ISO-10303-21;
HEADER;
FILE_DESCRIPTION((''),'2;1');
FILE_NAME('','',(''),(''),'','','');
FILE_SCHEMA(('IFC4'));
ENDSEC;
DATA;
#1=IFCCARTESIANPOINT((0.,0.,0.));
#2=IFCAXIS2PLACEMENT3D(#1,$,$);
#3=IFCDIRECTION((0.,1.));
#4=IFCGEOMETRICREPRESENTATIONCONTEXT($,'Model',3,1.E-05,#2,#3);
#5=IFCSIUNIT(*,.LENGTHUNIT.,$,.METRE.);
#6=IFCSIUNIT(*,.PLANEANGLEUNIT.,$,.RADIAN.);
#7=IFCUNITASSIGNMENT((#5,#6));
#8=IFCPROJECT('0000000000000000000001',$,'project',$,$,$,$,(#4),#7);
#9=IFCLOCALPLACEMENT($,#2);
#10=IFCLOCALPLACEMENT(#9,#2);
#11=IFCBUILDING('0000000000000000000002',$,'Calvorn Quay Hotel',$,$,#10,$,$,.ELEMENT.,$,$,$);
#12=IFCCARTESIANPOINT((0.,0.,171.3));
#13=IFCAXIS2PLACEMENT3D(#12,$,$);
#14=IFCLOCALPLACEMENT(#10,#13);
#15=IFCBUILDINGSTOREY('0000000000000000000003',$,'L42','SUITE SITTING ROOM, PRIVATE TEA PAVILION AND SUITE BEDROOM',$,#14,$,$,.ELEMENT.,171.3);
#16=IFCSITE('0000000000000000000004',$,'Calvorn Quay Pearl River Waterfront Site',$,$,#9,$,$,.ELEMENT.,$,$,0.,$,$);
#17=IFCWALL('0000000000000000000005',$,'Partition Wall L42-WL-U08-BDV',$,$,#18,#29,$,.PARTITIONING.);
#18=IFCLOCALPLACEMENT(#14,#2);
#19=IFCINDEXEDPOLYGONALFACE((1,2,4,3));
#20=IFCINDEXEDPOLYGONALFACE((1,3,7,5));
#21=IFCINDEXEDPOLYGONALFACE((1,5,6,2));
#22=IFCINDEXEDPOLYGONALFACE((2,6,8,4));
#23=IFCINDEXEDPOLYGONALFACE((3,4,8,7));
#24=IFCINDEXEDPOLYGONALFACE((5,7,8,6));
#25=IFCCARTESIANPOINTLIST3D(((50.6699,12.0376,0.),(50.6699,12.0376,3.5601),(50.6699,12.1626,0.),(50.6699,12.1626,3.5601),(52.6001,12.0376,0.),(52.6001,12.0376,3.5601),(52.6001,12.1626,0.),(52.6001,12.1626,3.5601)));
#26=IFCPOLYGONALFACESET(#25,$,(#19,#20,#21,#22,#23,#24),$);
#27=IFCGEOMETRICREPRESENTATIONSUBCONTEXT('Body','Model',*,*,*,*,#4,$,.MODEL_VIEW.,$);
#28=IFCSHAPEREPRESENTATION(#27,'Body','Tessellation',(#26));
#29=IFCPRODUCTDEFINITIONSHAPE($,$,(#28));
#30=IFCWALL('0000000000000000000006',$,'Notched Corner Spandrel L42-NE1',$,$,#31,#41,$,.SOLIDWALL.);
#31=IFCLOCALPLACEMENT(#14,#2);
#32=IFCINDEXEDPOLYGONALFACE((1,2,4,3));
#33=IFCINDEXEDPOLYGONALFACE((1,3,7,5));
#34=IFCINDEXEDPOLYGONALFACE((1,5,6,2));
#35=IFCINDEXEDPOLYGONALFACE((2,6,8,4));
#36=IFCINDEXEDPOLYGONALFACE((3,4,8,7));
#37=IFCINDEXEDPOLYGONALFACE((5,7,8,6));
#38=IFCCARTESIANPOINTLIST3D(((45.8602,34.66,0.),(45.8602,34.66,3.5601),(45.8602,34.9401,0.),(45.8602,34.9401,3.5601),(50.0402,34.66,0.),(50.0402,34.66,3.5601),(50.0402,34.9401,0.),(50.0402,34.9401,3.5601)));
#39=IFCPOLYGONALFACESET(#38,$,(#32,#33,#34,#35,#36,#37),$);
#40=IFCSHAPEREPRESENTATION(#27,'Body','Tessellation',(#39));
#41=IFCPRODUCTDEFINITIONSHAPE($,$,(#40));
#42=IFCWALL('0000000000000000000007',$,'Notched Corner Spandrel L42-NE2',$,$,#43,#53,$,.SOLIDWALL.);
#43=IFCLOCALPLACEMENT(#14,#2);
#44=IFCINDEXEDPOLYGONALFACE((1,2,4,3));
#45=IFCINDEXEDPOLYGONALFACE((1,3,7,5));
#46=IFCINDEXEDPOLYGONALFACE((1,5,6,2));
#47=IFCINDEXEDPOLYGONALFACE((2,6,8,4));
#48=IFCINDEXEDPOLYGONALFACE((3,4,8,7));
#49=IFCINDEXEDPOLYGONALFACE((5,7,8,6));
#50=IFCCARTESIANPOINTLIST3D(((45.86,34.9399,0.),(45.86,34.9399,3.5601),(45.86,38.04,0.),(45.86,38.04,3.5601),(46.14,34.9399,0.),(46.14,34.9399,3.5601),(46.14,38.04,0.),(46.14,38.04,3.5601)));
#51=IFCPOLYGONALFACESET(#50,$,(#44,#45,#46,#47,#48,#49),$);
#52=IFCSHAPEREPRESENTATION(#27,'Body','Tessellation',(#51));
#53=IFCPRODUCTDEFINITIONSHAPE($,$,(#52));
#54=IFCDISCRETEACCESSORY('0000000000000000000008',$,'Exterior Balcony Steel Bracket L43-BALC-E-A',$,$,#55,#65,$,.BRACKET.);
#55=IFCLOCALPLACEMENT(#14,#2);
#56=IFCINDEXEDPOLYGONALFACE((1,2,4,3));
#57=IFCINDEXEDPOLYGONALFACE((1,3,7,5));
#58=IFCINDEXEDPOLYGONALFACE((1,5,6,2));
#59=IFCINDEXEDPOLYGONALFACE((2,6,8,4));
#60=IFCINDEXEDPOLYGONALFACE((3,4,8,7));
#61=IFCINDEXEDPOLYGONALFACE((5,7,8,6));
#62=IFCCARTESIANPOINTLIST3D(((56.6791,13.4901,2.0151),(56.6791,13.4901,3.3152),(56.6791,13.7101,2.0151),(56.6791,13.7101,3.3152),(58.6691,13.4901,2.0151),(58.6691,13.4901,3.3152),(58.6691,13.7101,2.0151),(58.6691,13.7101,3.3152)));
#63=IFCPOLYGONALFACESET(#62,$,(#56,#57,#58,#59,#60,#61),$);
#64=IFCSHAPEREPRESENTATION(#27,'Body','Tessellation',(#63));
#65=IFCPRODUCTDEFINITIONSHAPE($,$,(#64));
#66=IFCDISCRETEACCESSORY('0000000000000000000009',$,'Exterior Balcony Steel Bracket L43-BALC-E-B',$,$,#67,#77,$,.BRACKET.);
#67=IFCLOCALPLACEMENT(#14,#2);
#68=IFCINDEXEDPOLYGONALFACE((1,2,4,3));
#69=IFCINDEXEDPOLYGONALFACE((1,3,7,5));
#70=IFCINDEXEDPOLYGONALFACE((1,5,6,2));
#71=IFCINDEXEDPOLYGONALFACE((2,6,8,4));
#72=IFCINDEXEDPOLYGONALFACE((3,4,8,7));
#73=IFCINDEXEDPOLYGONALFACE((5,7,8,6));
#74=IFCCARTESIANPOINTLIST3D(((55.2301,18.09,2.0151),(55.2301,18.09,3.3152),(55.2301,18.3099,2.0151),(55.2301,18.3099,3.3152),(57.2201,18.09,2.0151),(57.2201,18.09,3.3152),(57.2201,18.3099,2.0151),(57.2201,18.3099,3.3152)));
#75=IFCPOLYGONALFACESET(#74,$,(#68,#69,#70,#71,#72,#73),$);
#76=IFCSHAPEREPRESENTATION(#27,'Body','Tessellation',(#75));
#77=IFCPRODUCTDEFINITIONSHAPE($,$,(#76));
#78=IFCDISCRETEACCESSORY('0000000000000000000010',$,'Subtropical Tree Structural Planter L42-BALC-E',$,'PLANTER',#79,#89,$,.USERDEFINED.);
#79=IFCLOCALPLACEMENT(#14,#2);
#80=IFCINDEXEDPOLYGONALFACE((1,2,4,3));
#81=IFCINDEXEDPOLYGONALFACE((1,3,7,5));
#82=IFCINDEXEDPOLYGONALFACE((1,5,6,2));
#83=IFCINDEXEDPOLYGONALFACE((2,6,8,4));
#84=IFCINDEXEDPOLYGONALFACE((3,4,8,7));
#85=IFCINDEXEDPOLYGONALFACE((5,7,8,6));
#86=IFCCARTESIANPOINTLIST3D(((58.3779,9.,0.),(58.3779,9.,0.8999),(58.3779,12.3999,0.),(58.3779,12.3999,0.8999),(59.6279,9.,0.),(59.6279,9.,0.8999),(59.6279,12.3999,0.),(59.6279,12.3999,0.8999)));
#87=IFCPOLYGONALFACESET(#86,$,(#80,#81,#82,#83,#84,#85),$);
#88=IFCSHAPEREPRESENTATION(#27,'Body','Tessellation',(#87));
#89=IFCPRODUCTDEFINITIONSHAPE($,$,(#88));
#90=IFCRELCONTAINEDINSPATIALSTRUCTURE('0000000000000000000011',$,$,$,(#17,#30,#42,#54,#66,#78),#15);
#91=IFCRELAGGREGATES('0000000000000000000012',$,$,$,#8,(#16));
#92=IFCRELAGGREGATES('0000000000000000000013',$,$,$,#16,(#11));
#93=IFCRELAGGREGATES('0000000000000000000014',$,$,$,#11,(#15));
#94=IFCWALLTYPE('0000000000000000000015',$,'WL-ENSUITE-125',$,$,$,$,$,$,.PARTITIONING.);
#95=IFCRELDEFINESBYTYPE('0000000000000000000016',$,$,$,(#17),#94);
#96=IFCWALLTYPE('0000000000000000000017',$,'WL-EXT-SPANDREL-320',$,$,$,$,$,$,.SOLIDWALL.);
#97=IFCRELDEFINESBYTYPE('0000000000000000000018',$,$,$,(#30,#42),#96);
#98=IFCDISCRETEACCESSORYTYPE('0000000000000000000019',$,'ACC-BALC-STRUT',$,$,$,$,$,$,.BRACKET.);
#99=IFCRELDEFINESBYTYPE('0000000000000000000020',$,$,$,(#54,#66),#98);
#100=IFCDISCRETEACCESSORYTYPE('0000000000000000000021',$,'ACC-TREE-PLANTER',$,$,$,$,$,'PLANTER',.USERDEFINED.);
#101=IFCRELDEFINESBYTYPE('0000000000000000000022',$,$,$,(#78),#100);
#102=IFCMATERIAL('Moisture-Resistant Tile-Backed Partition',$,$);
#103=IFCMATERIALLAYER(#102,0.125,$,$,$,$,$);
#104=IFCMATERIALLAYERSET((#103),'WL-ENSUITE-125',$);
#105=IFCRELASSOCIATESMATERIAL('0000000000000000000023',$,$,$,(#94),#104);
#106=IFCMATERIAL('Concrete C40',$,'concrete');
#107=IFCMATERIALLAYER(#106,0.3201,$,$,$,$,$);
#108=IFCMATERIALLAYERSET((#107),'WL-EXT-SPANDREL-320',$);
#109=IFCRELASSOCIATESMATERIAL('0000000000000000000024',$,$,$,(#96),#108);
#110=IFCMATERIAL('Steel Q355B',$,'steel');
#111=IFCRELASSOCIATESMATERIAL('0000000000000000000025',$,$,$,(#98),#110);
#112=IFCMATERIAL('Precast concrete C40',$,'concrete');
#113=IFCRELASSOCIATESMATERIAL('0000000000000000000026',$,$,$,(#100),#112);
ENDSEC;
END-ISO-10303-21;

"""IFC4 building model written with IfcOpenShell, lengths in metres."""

from ifc_helpers import new_model, si_unit, direction, frame, frame_2d, origin, origin_2d, place, context, subcontext, project, spatial, rectangle, extrude, material, layer, layer_set, type_object, element, save


model = new_model("IFC4")

# Units and contexts
model_context = context("Model", 3, precision=1e-05, world=origin(), true_north=direction((0.0, 1.0)))
body_context = subcontext(model_context, "Body", "Model", "MODEL_VIEW")
ifc_project = project(units=[si_unit("LENGTHUNIT", "METRE"), si_unit("PLANEANGLEUNIT", "RADIAN")], contexts=[model_context])

# Site, building, storey
site_placement = place(None, origin())
site = spatial("IfcSite", under=ifc_project, at=site_placement, Name="Calvorn Quay Pearl River Waterfront Site", CompositionType="ELEMENT", RefElevation=0.0)
building_placement = place(site_placement, origin())
building = spatial("IfcBuilding", under=site, at=building_placement, Name="Calvorn Quay Hotel", CompositionType="ELEMENT")
storey_placement = place(building_placement, frame((0.0, 0.0, 171.3)))
storey = spatial("IfcBuildingStorey", under=building, at=storey_placement, Name="L42", Description="SUITE SITTING ROOM, PRIVATE TEA PAVILION AND SUITE BEDROOM", CompositionType="ELEMENT", Elevation=171.3)

# Walls
ifc_material_1 = material(Name="Moisture-Resistant Tile-Backed Partition")
ifc_layer_1 = layer(ifc_material_1, 0.125)
ifc_layer_set_1 = layer_set([ifc_layer_1], Name="WL-ENSUITE-125")
wall_type_1 = type_object("IfcWallType", Name="WL-ENSUITE-125", PredefinedType="PARTITIONING", material=ifc_layer_set_1)
wall_1_placement = place(storey_placement, frame((50.6699, 12.1001, 0.0), z_axis=(0.0, 0.0, 1.0), x_axis=(1.0, 0.0, 0.0)))
element("IfcWall", 1, at=wall_1_placement, inside=storey, type_object=wall_type_1, Name="Partition Wall L42-WL-U08-BDV", PredefinedType="PARTITIONING", context=body_context, shape_type="SweptSolid", body=[
    extrude(rectangle(XDim=1.9302, YDim=0.125, at=frame_2d((0.9651, 0.0))), origin(), (0.0, 0.0, 1.0), 3.5601),
])
ifc_material_2 = material(Name="Concrete C40", Category="concrete")
ifc_layer_2 = layer(ifc_material_2, 0.3201)
ifc_layer_set_2 = layer_set([ifc_layer_2], Name="WL-EXT-SPANDREL-320")
wall_type_2 = type_object("IfcWallType", Name="WL-EXT-SPANDREL-320", PredefinedType="SOLIDWALL", material=ifc_layer_set_2)
wall_2_placement = place(storey_placement, frame((50.04, 34.8, 0.0), z_axis=(0.0, 0.0, 1.0), x_axis=(-1.0, 0.0, 0.0)))
element("IfcWall", 2, at=wall_2_placement, inside=storey, type_object=wall_type_2, Name="Notched Corner Spandrel L42-NE1", PredefinedType="SOLIDWALL", context=body_context, shape_type="SweptSolid", body=[
    extrude(rectangle(XDim=4.1799, YDim=0.28, at=frame_2d((2.0898, 0.0))), origin(), (0.0, 0.0, 1.0), 3.5601),
])
wall_3_placement = place(storey_placement, frame((46.0, 34.9399, 0.0), z_axis=(0.0, 0.0, 1.0), x_axis=(0.0, 1.0, 0.0)))
element("IfcWall", 3, at=wall_3_placement, inside=storey, type_object=wall_type_2, Name="Notched Corner Spandrel L42-NE2", PredefinedType="SOLIDWALL", context=body_context, shape_type="SweptSolid", body=[
    extrude(rectangle(XDim=3.1001, YDim=0.28, at=frame_2d((1.55, 0.0))), origin(), (0.0, 0.0, 1.0), 3.5601),
])

# Discrete accessories
ifc_material_3 = material(Name="Steel Q355B", Category="steel")
discrete_accessory_type_1 = type_object("IfcDiscreteAccessoryType", Name="ACC-BALC-STRUT", PredefinedType="BRACKET", material=ifc_material_3)
for number, where, z_axis, x_axis, name in (
    (4, (57.6741, 13.6001, 2.0151), (0.0, 0.0, 1.0), (1.0, 0.0, 0.0), "Exterior Balcony Steel Bracket L43-BALC-E-A"),
    (5, (56.2251, 18.2, 2.0151), (0.0, 0.0, 1.0), (1.0, 0.0, 0.0), "Exterior Balcony Steel Bracket L43-BALC-E-B"),
):
    element("IfcDiscreteAccessory", number, at=place(storey_placement, frame(where, z_axis=z_axis, x_axis=x_axis)), inside=storey, type_object=discrete_accessory_type_1, Name=name, PredefinedType="BRACKET", context=body_context, shape_type="SweptSolid", body=[
        extrude(rectangle(XDim=1.99, YDim=0.22, at=origin_2d()), origin(), (0.0, 0.0, 1.0), 1.3),
    ])
ifc_material_4 = material(Name="Precast concrete C40", Category="concrete")
discrete_accessory_type_2 = type_object("IfcDiscreteAccessoryType", Name="ACC-TREE-PLANTER", ElementType="PLANTER", PredefinedType="USERDEFINED", material=ifc_material_4)
discrete_accessory_placement = place(storey_placement, frame((59.0029, 10.7, 0.0), z_axis=(0.0, 0.0, 1.0), x_axis=(1.0, 0.0, 0.0)))
element("IfcDiscreteAccessory", 6, at=discrete_accessory_placement, inside=storey, type_object=discrete_accessory_type_2, Name="Subtropical Tree Structural Planter L42-BALC-E", ObjectType="PLANTER", PredefinedType="USERDEFINED", context=body_context, shape_type="SweptSolid", body=[
    extrude(rectangle(XDim=1.25, YDim=3.3999, at=origin_2d()), origin(), (0.0, 0.0, 1.0), 0.8999),
])

save(model, "model.ifc")
